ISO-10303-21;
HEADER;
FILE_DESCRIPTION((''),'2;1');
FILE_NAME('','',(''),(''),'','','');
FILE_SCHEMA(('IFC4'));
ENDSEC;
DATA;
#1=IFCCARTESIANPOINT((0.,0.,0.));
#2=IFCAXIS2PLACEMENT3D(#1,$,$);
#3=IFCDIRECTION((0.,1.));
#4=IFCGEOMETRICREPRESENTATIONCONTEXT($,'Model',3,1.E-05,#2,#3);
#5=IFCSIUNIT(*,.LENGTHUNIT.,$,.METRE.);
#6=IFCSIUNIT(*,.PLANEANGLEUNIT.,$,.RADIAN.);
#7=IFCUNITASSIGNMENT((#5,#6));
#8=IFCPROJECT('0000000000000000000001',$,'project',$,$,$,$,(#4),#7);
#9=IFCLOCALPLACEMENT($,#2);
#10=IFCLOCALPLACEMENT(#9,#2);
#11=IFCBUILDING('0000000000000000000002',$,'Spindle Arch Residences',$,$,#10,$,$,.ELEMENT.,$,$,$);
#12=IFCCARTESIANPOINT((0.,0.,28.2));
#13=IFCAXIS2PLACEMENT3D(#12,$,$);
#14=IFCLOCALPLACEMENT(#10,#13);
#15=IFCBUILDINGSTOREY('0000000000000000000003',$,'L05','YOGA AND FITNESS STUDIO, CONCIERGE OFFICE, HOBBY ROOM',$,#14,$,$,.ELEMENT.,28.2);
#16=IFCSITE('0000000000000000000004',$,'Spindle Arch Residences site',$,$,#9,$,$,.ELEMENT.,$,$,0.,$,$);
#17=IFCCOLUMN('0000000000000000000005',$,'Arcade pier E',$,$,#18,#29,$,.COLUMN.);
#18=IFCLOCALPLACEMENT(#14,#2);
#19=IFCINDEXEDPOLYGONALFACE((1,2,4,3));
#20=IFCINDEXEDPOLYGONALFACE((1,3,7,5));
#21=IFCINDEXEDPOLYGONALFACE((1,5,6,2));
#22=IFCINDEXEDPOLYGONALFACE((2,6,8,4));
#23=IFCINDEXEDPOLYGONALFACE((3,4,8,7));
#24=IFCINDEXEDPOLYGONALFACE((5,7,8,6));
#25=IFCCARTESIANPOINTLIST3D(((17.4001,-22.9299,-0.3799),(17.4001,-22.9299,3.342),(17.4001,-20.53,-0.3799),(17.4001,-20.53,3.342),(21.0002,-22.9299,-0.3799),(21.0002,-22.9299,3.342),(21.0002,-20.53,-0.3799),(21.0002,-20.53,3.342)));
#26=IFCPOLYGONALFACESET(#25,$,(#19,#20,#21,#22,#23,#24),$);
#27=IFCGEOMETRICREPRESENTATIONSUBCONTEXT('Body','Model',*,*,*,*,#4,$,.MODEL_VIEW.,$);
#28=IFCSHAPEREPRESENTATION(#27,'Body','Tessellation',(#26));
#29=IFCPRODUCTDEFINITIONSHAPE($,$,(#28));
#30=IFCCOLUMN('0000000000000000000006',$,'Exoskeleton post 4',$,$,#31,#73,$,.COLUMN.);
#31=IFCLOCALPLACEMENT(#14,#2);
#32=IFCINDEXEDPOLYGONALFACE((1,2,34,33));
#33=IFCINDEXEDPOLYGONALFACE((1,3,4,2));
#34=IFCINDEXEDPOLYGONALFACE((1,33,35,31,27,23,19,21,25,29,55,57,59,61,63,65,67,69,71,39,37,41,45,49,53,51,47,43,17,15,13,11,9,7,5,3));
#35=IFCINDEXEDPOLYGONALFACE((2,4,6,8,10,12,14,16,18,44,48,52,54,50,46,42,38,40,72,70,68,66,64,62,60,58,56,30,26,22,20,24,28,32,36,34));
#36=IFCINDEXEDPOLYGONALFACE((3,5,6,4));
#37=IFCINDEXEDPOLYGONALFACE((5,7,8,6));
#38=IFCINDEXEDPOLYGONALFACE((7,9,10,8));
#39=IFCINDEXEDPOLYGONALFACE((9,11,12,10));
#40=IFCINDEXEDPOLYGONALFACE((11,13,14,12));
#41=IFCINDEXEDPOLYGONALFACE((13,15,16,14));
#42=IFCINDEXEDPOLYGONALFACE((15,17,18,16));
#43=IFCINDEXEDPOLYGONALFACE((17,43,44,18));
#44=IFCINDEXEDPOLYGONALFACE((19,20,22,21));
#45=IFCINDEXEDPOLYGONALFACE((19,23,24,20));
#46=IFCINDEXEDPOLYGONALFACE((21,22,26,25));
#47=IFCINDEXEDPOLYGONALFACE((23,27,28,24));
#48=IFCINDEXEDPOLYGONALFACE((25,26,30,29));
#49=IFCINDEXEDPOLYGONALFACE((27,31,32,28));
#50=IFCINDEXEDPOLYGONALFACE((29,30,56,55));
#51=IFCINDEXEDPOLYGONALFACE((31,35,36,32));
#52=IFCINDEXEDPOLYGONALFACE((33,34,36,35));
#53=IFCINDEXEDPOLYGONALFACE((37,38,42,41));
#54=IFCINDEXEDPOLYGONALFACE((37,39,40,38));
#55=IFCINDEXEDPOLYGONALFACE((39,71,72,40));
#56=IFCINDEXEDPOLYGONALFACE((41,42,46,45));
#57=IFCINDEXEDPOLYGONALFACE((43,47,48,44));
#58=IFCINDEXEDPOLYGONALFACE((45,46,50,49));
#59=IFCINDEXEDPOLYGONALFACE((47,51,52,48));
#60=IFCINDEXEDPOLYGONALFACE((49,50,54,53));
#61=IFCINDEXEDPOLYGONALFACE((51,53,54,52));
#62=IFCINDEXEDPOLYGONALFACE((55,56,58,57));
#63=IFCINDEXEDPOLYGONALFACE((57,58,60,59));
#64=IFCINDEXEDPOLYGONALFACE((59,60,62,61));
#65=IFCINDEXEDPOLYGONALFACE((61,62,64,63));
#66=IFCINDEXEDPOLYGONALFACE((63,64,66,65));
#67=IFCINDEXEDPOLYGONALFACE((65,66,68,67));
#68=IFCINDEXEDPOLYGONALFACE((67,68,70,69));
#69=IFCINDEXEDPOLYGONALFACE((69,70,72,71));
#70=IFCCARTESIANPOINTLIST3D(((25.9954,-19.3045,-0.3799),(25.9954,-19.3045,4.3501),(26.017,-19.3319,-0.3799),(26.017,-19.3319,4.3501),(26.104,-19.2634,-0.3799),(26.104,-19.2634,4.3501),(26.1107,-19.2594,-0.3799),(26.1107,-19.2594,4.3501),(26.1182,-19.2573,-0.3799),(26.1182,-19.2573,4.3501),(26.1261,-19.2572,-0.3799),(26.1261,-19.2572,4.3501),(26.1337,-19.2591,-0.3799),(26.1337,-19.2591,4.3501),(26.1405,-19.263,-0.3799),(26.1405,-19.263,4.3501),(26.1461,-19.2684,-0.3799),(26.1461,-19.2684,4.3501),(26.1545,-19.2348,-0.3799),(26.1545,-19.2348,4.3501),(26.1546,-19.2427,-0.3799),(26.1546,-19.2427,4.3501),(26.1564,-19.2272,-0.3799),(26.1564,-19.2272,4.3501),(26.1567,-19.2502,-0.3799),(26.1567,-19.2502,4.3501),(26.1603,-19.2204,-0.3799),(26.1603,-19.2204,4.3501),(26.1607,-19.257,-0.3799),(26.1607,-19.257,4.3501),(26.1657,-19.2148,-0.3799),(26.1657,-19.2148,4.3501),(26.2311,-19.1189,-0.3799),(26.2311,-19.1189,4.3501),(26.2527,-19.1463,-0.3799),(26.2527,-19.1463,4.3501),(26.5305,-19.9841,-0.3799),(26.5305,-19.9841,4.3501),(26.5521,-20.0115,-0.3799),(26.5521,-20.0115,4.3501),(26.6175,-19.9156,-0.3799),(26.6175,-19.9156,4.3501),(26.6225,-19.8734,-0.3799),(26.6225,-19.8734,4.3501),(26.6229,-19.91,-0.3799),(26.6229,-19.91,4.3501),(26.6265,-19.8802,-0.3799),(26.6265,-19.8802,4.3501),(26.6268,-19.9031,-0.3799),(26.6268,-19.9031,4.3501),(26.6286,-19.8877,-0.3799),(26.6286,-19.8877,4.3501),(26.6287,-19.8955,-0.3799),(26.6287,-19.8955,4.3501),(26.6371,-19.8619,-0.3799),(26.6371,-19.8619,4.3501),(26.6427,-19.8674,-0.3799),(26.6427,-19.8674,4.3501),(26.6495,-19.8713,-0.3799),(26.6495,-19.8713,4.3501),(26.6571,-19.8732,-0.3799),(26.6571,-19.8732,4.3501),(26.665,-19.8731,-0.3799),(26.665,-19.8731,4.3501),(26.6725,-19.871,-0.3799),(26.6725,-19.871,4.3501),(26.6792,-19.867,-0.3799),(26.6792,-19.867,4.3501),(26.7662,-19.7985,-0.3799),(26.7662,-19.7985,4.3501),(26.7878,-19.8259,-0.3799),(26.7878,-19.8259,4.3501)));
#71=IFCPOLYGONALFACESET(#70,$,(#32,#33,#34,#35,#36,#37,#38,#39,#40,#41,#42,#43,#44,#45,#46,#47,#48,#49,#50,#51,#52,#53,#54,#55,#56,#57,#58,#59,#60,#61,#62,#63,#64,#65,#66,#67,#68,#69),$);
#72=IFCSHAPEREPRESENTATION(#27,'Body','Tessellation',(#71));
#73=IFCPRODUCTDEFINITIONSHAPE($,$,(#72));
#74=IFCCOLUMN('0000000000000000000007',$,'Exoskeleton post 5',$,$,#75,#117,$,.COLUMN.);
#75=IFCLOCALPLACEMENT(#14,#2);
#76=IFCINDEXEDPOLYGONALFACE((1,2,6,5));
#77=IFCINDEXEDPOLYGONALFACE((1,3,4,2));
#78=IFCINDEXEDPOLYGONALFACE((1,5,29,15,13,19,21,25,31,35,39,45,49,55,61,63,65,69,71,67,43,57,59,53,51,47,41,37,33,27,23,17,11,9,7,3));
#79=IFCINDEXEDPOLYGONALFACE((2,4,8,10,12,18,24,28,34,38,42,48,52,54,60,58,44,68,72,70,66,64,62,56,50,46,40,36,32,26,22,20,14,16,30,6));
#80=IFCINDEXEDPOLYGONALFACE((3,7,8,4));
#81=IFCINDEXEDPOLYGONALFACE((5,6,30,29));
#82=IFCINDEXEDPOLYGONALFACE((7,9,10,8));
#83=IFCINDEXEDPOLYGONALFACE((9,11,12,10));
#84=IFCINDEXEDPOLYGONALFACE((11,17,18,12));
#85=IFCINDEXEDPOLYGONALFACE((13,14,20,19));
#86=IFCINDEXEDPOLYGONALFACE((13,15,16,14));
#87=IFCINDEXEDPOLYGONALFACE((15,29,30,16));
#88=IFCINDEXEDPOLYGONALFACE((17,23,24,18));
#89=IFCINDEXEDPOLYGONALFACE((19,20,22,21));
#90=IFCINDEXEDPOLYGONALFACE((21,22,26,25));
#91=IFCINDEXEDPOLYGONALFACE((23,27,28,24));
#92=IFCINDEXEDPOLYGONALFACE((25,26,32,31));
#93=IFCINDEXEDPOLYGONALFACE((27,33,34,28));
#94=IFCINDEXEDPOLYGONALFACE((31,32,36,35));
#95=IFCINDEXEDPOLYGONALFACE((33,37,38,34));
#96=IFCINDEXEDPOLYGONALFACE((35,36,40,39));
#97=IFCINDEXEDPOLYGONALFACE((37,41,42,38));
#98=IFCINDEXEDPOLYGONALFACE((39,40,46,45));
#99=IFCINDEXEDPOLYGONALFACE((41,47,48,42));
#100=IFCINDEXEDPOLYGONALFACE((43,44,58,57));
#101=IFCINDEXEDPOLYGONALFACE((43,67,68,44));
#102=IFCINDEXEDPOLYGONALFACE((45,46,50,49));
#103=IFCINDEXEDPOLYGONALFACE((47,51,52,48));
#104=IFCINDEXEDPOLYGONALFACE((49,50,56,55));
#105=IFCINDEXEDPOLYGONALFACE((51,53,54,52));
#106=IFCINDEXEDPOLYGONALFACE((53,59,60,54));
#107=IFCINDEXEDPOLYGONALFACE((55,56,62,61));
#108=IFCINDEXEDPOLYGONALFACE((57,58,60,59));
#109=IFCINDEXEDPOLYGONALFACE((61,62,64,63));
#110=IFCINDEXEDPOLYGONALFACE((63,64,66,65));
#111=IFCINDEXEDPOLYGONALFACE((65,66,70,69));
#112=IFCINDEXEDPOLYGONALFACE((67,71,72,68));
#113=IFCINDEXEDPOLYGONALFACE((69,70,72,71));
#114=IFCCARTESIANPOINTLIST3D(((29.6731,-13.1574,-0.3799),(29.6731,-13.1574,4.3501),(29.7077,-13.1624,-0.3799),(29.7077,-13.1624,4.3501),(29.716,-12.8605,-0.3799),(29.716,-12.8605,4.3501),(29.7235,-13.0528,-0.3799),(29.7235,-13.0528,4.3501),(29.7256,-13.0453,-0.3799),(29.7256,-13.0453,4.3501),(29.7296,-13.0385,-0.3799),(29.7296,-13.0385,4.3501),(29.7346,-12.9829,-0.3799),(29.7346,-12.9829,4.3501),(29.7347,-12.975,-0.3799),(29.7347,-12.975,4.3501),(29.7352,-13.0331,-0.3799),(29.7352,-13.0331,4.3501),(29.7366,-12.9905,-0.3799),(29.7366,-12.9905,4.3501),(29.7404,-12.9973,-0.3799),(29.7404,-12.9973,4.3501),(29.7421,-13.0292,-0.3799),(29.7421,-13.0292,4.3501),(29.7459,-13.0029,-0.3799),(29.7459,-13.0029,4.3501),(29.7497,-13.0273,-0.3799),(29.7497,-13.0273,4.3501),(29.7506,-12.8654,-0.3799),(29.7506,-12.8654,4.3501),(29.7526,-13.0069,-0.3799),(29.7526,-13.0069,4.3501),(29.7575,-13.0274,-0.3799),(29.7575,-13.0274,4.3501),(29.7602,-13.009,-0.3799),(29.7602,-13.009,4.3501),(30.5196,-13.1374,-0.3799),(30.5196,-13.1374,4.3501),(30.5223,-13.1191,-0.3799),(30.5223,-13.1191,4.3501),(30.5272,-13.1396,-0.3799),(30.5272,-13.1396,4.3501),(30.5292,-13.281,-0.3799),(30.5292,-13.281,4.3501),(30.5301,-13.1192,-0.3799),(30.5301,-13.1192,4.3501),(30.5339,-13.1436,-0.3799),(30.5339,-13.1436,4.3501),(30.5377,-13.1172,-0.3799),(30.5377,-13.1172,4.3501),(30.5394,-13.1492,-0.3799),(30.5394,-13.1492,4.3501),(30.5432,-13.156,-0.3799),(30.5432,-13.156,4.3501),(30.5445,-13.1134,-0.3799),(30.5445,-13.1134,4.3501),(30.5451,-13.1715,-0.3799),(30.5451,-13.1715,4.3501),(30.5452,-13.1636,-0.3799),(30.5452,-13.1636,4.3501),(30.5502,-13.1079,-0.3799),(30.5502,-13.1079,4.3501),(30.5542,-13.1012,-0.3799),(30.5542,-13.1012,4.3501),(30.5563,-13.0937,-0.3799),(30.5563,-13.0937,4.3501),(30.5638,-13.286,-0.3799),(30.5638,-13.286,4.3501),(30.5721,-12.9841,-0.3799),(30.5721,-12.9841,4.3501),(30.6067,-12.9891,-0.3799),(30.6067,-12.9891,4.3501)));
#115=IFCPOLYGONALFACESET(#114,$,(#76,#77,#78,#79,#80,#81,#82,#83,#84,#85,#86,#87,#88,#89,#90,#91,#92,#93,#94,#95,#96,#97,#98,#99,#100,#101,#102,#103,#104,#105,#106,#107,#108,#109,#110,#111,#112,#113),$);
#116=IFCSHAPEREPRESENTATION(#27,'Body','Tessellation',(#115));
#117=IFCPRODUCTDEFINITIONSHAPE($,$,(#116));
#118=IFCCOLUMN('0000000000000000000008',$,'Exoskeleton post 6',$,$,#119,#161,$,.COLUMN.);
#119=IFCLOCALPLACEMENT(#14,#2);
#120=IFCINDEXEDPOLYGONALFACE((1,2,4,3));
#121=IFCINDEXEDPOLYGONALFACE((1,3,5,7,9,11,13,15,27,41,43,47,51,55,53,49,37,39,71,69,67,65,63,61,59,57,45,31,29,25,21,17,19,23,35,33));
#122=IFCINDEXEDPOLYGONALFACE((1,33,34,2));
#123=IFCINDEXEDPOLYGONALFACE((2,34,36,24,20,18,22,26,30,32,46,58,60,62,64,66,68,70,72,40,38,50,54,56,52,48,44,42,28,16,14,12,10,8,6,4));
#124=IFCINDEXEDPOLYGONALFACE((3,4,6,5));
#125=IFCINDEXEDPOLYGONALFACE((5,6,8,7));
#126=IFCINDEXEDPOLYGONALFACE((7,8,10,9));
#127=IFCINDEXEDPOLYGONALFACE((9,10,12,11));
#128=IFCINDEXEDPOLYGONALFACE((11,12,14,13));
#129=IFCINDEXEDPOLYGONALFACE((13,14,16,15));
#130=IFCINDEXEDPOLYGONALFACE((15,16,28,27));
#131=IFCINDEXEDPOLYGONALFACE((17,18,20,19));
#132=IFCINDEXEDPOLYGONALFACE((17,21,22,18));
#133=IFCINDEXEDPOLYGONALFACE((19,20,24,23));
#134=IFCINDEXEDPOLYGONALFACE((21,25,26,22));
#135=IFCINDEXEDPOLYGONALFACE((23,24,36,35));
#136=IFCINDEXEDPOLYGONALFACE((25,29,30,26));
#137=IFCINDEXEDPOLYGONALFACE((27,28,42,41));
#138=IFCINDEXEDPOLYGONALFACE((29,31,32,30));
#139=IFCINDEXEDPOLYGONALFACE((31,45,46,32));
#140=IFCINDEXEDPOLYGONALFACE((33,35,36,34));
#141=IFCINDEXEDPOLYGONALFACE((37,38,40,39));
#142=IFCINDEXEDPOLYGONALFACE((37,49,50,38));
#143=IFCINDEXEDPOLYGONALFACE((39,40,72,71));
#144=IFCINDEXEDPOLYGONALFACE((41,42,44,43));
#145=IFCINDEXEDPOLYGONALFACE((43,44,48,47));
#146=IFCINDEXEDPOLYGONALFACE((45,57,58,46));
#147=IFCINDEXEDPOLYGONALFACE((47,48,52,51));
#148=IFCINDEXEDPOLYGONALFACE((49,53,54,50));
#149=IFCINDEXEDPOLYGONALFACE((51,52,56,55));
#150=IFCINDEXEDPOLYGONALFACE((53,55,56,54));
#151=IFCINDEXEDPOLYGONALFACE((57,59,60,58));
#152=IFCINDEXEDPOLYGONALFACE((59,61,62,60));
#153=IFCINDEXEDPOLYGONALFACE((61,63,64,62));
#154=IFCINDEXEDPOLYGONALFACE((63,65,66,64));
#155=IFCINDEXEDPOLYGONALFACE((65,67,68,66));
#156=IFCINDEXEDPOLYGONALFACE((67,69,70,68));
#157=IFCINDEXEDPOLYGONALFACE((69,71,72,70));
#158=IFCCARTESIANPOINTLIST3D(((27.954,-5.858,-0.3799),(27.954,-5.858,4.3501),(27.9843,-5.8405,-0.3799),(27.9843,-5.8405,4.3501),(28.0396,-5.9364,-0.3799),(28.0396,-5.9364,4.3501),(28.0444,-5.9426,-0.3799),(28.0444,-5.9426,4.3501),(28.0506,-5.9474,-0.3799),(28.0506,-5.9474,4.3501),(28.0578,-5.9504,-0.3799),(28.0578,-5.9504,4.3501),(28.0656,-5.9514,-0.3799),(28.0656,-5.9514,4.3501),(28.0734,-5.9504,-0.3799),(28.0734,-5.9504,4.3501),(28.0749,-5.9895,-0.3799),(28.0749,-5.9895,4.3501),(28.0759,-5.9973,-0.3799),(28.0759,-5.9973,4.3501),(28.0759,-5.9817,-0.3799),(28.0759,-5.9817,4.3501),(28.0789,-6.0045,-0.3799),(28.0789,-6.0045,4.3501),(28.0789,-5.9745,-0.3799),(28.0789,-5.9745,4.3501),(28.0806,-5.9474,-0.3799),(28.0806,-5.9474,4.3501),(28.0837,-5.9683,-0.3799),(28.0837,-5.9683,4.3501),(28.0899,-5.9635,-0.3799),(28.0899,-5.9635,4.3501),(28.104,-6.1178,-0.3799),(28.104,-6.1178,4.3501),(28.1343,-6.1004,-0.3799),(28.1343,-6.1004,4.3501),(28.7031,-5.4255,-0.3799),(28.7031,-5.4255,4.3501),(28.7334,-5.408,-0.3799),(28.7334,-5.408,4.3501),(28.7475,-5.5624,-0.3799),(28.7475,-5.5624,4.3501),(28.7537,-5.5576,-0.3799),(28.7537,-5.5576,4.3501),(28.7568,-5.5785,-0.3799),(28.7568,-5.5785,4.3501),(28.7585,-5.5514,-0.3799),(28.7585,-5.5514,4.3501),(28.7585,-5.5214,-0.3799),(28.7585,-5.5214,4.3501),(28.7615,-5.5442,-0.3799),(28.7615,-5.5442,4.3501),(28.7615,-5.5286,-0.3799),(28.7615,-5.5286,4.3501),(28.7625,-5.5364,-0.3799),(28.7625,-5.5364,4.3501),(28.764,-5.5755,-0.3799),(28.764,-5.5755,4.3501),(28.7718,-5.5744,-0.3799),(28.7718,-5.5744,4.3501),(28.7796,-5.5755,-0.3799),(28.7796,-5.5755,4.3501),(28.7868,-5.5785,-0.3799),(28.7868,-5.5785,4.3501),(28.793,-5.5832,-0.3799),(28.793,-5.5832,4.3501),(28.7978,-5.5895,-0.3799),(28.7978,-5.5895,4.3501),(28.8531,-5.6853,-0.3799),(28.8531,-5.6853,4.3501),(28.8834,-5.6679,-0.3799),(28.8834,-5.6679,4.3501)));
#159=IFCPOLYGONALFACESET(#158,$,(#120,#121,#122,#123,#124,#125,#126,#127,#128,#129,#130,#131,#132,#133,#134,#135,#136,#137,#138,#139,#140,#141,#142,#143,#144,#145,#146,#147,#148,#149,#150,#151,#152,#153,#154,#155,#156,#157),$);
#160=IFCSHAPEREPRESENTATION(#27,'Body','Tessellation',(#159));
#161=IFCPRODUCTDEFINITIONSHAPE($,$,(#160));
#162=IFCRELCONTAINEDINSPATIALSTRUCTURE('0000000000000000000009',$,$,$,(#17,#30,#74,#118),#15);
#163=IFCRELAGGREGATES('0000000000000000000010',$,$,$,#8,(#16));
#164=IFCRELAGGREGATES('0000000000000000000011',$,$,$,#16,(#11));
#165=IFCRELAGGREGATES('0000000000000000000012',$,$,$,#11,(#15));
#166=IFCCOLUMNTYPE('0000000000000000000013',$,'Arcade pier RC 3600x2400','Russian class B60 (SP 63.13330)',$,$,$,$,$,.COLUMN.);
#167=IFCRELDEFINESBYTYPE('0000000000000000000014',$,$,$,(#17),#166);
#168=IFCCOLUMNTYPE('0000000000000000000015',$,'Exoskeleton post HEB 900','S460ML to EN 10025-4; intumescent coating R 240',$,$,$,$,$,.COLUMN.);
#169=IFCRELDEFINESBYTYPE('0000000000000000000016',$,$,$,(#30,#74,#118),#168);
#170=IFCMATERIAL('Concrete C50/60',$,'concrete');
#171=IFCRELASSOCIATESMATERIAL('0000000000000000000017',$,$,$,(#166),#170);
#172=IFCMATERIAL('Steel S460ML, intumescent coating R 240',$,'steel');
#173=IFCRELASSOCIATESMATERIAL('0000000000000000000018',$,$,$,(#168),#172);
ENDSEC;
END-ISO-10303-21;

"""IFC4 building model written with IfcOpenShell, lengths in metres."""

from ifc_helpers import new_model, si_unit, direction, frame, origin, origin_2d, place, context, subcontext, project, spatial, rectangle, i_section, extrude, material, material_profile, profile_set, type_object, element, save


model = new_model("IFC4")

# Units and contexts
model_context = context("Model", 3, precision=1e-05, world=origin(), true_north=direction((0.0, 1.0)))
body_context = subcontext(model_context, "Body", "Model", "MODEL_VIEW")
ifc_project = project(units=[si_unit("LENGTHUNIT", "METRE"), si_unit("PLANEANGLEUNIT", "RADIAN")], contexts=[model_context])

# Site, building, storey
site_placement = place(None, origin())
site = spatial("IfcSite", under=ifc_project, at=site_placement, Name="Spindle Arch Residences site", CompositionType="ELEMENT", RefElevation=0.0)
building_placement = place(site_placement, origin())
building = spatial("IfcBuilding", under=site, at=building_placement, Name="Spindle Arch Residences", CompositionType="ELEMENT")
storey_placement = place(building_placement, frame((0.0, 0.0, 28.2)))
storey = spatial("IfcBuildingStorey", under=building, at=storey_placement, Name="L05", Description="YOGA AND FITNESS STUDIO, CONCIERGE OFFICE, HOBBY ROOM", CompositionType="ELEMENT", Elevation=28.2)

# Columns
ifc_material_1 = material(Name="Concrete C50/60", Category="concrete")
ifc_material_profile_1 = material_profile(ifc_material_1, rectangle(XDim=3.6001, YDim=2.3999, at=origin_2d()), Name="RC 3600x2400")
ifc_profile_set_1 = profile_set([ifc_material_profile_1], Name="Concrete C50/60")
column_type_1 = type_object("IfcColumnType", Name="Arcade pier RC 3600x2400", Description="Russian class B60 (SP 63.13330)", PredefinedType="COLUMN", material=ifc_profile_set_1)
column_1_placement = place(storey_placement, frame((19.2002, -21.73, -0.3799), z_axis=(0.0, 0.0, 1.0), x_axis=(1.0, 0.0, 0.0)))
element("IfcColumn", 1, at=column_1_placement, inside=storey, type_object=column_type_1, Name="Arcade pier E", PredefinedType="COLUMN", context=body_context, shape_type="SweptSolid", body=[
    extrude(rectangle(XDim=3.6001, YDim=2.3999, at=origin_2d()), origin(), (0.0, 0.0, 1.0), 3.7219),
])
ifc_material_2 = material(Name="Steel S460ML, intumescent coating R 240", Category="steel")
ifc_material_profile_2 = material_profile(ifc_material_2, i_section(OverallWidth=0.3, OverallDepth=0.8999, WebThickness=0.0186, FlangeThickness=0.0349, FilletRadius=0.03, at=origin_2d()), Name="HEB 900")
ifc_profile_set_2 = profile_set([ifc_material_profile_2], Name="Steel S460ML, intumescent coating R 240")
column_type_2 = type_object("IfcColumnType", Name="Exoskeleton post HEB 900", Description="S460ML to EN 10025-4; intumescent coating R 240", PredefinedType="COLUMN", material=ifc_profile_set_2)
for number, where, z_axis, x_axis, name in (
    (2, (26.3916, -19.5652, -0.3799), (0.0, 0.0, 1.0), (-0.785684, -0.618629, 0.0), "Exoskeleton post 4"),
    (3, (30.1399, -13.0732, -0.3799), (0.0, 0.0, 1.0), (-0.142906, -0.989736, 0.0), "Exoskeleton post 5"),
    (4, (28.4187, -5.7629, -0.3799), (0.0, 0.0, 1.0), (0.5, -0.866025, 0.0), "Exoskeleton post 6"),
):
    element("IfcColumn", number, at=place(storey_placement, frame(where, z_axis=z_axis, x_axis=x_axis)), inside=storey, type_object=column_type_2, Name=name, PredefinedType="COLUMN", context=body_context, shape_type="SweptSolid", body=[
        extrude(i_section(OverallWidth=0.3, OverallDepth=0.8999, WebThickness=0.0186, FlangeThickness=0.0349, FilletRadius=0.03, at=origin_2d()), origin(), (0.0, 0.0, 1.0), 4.73),
    ])

save(model, "model.ifc")
